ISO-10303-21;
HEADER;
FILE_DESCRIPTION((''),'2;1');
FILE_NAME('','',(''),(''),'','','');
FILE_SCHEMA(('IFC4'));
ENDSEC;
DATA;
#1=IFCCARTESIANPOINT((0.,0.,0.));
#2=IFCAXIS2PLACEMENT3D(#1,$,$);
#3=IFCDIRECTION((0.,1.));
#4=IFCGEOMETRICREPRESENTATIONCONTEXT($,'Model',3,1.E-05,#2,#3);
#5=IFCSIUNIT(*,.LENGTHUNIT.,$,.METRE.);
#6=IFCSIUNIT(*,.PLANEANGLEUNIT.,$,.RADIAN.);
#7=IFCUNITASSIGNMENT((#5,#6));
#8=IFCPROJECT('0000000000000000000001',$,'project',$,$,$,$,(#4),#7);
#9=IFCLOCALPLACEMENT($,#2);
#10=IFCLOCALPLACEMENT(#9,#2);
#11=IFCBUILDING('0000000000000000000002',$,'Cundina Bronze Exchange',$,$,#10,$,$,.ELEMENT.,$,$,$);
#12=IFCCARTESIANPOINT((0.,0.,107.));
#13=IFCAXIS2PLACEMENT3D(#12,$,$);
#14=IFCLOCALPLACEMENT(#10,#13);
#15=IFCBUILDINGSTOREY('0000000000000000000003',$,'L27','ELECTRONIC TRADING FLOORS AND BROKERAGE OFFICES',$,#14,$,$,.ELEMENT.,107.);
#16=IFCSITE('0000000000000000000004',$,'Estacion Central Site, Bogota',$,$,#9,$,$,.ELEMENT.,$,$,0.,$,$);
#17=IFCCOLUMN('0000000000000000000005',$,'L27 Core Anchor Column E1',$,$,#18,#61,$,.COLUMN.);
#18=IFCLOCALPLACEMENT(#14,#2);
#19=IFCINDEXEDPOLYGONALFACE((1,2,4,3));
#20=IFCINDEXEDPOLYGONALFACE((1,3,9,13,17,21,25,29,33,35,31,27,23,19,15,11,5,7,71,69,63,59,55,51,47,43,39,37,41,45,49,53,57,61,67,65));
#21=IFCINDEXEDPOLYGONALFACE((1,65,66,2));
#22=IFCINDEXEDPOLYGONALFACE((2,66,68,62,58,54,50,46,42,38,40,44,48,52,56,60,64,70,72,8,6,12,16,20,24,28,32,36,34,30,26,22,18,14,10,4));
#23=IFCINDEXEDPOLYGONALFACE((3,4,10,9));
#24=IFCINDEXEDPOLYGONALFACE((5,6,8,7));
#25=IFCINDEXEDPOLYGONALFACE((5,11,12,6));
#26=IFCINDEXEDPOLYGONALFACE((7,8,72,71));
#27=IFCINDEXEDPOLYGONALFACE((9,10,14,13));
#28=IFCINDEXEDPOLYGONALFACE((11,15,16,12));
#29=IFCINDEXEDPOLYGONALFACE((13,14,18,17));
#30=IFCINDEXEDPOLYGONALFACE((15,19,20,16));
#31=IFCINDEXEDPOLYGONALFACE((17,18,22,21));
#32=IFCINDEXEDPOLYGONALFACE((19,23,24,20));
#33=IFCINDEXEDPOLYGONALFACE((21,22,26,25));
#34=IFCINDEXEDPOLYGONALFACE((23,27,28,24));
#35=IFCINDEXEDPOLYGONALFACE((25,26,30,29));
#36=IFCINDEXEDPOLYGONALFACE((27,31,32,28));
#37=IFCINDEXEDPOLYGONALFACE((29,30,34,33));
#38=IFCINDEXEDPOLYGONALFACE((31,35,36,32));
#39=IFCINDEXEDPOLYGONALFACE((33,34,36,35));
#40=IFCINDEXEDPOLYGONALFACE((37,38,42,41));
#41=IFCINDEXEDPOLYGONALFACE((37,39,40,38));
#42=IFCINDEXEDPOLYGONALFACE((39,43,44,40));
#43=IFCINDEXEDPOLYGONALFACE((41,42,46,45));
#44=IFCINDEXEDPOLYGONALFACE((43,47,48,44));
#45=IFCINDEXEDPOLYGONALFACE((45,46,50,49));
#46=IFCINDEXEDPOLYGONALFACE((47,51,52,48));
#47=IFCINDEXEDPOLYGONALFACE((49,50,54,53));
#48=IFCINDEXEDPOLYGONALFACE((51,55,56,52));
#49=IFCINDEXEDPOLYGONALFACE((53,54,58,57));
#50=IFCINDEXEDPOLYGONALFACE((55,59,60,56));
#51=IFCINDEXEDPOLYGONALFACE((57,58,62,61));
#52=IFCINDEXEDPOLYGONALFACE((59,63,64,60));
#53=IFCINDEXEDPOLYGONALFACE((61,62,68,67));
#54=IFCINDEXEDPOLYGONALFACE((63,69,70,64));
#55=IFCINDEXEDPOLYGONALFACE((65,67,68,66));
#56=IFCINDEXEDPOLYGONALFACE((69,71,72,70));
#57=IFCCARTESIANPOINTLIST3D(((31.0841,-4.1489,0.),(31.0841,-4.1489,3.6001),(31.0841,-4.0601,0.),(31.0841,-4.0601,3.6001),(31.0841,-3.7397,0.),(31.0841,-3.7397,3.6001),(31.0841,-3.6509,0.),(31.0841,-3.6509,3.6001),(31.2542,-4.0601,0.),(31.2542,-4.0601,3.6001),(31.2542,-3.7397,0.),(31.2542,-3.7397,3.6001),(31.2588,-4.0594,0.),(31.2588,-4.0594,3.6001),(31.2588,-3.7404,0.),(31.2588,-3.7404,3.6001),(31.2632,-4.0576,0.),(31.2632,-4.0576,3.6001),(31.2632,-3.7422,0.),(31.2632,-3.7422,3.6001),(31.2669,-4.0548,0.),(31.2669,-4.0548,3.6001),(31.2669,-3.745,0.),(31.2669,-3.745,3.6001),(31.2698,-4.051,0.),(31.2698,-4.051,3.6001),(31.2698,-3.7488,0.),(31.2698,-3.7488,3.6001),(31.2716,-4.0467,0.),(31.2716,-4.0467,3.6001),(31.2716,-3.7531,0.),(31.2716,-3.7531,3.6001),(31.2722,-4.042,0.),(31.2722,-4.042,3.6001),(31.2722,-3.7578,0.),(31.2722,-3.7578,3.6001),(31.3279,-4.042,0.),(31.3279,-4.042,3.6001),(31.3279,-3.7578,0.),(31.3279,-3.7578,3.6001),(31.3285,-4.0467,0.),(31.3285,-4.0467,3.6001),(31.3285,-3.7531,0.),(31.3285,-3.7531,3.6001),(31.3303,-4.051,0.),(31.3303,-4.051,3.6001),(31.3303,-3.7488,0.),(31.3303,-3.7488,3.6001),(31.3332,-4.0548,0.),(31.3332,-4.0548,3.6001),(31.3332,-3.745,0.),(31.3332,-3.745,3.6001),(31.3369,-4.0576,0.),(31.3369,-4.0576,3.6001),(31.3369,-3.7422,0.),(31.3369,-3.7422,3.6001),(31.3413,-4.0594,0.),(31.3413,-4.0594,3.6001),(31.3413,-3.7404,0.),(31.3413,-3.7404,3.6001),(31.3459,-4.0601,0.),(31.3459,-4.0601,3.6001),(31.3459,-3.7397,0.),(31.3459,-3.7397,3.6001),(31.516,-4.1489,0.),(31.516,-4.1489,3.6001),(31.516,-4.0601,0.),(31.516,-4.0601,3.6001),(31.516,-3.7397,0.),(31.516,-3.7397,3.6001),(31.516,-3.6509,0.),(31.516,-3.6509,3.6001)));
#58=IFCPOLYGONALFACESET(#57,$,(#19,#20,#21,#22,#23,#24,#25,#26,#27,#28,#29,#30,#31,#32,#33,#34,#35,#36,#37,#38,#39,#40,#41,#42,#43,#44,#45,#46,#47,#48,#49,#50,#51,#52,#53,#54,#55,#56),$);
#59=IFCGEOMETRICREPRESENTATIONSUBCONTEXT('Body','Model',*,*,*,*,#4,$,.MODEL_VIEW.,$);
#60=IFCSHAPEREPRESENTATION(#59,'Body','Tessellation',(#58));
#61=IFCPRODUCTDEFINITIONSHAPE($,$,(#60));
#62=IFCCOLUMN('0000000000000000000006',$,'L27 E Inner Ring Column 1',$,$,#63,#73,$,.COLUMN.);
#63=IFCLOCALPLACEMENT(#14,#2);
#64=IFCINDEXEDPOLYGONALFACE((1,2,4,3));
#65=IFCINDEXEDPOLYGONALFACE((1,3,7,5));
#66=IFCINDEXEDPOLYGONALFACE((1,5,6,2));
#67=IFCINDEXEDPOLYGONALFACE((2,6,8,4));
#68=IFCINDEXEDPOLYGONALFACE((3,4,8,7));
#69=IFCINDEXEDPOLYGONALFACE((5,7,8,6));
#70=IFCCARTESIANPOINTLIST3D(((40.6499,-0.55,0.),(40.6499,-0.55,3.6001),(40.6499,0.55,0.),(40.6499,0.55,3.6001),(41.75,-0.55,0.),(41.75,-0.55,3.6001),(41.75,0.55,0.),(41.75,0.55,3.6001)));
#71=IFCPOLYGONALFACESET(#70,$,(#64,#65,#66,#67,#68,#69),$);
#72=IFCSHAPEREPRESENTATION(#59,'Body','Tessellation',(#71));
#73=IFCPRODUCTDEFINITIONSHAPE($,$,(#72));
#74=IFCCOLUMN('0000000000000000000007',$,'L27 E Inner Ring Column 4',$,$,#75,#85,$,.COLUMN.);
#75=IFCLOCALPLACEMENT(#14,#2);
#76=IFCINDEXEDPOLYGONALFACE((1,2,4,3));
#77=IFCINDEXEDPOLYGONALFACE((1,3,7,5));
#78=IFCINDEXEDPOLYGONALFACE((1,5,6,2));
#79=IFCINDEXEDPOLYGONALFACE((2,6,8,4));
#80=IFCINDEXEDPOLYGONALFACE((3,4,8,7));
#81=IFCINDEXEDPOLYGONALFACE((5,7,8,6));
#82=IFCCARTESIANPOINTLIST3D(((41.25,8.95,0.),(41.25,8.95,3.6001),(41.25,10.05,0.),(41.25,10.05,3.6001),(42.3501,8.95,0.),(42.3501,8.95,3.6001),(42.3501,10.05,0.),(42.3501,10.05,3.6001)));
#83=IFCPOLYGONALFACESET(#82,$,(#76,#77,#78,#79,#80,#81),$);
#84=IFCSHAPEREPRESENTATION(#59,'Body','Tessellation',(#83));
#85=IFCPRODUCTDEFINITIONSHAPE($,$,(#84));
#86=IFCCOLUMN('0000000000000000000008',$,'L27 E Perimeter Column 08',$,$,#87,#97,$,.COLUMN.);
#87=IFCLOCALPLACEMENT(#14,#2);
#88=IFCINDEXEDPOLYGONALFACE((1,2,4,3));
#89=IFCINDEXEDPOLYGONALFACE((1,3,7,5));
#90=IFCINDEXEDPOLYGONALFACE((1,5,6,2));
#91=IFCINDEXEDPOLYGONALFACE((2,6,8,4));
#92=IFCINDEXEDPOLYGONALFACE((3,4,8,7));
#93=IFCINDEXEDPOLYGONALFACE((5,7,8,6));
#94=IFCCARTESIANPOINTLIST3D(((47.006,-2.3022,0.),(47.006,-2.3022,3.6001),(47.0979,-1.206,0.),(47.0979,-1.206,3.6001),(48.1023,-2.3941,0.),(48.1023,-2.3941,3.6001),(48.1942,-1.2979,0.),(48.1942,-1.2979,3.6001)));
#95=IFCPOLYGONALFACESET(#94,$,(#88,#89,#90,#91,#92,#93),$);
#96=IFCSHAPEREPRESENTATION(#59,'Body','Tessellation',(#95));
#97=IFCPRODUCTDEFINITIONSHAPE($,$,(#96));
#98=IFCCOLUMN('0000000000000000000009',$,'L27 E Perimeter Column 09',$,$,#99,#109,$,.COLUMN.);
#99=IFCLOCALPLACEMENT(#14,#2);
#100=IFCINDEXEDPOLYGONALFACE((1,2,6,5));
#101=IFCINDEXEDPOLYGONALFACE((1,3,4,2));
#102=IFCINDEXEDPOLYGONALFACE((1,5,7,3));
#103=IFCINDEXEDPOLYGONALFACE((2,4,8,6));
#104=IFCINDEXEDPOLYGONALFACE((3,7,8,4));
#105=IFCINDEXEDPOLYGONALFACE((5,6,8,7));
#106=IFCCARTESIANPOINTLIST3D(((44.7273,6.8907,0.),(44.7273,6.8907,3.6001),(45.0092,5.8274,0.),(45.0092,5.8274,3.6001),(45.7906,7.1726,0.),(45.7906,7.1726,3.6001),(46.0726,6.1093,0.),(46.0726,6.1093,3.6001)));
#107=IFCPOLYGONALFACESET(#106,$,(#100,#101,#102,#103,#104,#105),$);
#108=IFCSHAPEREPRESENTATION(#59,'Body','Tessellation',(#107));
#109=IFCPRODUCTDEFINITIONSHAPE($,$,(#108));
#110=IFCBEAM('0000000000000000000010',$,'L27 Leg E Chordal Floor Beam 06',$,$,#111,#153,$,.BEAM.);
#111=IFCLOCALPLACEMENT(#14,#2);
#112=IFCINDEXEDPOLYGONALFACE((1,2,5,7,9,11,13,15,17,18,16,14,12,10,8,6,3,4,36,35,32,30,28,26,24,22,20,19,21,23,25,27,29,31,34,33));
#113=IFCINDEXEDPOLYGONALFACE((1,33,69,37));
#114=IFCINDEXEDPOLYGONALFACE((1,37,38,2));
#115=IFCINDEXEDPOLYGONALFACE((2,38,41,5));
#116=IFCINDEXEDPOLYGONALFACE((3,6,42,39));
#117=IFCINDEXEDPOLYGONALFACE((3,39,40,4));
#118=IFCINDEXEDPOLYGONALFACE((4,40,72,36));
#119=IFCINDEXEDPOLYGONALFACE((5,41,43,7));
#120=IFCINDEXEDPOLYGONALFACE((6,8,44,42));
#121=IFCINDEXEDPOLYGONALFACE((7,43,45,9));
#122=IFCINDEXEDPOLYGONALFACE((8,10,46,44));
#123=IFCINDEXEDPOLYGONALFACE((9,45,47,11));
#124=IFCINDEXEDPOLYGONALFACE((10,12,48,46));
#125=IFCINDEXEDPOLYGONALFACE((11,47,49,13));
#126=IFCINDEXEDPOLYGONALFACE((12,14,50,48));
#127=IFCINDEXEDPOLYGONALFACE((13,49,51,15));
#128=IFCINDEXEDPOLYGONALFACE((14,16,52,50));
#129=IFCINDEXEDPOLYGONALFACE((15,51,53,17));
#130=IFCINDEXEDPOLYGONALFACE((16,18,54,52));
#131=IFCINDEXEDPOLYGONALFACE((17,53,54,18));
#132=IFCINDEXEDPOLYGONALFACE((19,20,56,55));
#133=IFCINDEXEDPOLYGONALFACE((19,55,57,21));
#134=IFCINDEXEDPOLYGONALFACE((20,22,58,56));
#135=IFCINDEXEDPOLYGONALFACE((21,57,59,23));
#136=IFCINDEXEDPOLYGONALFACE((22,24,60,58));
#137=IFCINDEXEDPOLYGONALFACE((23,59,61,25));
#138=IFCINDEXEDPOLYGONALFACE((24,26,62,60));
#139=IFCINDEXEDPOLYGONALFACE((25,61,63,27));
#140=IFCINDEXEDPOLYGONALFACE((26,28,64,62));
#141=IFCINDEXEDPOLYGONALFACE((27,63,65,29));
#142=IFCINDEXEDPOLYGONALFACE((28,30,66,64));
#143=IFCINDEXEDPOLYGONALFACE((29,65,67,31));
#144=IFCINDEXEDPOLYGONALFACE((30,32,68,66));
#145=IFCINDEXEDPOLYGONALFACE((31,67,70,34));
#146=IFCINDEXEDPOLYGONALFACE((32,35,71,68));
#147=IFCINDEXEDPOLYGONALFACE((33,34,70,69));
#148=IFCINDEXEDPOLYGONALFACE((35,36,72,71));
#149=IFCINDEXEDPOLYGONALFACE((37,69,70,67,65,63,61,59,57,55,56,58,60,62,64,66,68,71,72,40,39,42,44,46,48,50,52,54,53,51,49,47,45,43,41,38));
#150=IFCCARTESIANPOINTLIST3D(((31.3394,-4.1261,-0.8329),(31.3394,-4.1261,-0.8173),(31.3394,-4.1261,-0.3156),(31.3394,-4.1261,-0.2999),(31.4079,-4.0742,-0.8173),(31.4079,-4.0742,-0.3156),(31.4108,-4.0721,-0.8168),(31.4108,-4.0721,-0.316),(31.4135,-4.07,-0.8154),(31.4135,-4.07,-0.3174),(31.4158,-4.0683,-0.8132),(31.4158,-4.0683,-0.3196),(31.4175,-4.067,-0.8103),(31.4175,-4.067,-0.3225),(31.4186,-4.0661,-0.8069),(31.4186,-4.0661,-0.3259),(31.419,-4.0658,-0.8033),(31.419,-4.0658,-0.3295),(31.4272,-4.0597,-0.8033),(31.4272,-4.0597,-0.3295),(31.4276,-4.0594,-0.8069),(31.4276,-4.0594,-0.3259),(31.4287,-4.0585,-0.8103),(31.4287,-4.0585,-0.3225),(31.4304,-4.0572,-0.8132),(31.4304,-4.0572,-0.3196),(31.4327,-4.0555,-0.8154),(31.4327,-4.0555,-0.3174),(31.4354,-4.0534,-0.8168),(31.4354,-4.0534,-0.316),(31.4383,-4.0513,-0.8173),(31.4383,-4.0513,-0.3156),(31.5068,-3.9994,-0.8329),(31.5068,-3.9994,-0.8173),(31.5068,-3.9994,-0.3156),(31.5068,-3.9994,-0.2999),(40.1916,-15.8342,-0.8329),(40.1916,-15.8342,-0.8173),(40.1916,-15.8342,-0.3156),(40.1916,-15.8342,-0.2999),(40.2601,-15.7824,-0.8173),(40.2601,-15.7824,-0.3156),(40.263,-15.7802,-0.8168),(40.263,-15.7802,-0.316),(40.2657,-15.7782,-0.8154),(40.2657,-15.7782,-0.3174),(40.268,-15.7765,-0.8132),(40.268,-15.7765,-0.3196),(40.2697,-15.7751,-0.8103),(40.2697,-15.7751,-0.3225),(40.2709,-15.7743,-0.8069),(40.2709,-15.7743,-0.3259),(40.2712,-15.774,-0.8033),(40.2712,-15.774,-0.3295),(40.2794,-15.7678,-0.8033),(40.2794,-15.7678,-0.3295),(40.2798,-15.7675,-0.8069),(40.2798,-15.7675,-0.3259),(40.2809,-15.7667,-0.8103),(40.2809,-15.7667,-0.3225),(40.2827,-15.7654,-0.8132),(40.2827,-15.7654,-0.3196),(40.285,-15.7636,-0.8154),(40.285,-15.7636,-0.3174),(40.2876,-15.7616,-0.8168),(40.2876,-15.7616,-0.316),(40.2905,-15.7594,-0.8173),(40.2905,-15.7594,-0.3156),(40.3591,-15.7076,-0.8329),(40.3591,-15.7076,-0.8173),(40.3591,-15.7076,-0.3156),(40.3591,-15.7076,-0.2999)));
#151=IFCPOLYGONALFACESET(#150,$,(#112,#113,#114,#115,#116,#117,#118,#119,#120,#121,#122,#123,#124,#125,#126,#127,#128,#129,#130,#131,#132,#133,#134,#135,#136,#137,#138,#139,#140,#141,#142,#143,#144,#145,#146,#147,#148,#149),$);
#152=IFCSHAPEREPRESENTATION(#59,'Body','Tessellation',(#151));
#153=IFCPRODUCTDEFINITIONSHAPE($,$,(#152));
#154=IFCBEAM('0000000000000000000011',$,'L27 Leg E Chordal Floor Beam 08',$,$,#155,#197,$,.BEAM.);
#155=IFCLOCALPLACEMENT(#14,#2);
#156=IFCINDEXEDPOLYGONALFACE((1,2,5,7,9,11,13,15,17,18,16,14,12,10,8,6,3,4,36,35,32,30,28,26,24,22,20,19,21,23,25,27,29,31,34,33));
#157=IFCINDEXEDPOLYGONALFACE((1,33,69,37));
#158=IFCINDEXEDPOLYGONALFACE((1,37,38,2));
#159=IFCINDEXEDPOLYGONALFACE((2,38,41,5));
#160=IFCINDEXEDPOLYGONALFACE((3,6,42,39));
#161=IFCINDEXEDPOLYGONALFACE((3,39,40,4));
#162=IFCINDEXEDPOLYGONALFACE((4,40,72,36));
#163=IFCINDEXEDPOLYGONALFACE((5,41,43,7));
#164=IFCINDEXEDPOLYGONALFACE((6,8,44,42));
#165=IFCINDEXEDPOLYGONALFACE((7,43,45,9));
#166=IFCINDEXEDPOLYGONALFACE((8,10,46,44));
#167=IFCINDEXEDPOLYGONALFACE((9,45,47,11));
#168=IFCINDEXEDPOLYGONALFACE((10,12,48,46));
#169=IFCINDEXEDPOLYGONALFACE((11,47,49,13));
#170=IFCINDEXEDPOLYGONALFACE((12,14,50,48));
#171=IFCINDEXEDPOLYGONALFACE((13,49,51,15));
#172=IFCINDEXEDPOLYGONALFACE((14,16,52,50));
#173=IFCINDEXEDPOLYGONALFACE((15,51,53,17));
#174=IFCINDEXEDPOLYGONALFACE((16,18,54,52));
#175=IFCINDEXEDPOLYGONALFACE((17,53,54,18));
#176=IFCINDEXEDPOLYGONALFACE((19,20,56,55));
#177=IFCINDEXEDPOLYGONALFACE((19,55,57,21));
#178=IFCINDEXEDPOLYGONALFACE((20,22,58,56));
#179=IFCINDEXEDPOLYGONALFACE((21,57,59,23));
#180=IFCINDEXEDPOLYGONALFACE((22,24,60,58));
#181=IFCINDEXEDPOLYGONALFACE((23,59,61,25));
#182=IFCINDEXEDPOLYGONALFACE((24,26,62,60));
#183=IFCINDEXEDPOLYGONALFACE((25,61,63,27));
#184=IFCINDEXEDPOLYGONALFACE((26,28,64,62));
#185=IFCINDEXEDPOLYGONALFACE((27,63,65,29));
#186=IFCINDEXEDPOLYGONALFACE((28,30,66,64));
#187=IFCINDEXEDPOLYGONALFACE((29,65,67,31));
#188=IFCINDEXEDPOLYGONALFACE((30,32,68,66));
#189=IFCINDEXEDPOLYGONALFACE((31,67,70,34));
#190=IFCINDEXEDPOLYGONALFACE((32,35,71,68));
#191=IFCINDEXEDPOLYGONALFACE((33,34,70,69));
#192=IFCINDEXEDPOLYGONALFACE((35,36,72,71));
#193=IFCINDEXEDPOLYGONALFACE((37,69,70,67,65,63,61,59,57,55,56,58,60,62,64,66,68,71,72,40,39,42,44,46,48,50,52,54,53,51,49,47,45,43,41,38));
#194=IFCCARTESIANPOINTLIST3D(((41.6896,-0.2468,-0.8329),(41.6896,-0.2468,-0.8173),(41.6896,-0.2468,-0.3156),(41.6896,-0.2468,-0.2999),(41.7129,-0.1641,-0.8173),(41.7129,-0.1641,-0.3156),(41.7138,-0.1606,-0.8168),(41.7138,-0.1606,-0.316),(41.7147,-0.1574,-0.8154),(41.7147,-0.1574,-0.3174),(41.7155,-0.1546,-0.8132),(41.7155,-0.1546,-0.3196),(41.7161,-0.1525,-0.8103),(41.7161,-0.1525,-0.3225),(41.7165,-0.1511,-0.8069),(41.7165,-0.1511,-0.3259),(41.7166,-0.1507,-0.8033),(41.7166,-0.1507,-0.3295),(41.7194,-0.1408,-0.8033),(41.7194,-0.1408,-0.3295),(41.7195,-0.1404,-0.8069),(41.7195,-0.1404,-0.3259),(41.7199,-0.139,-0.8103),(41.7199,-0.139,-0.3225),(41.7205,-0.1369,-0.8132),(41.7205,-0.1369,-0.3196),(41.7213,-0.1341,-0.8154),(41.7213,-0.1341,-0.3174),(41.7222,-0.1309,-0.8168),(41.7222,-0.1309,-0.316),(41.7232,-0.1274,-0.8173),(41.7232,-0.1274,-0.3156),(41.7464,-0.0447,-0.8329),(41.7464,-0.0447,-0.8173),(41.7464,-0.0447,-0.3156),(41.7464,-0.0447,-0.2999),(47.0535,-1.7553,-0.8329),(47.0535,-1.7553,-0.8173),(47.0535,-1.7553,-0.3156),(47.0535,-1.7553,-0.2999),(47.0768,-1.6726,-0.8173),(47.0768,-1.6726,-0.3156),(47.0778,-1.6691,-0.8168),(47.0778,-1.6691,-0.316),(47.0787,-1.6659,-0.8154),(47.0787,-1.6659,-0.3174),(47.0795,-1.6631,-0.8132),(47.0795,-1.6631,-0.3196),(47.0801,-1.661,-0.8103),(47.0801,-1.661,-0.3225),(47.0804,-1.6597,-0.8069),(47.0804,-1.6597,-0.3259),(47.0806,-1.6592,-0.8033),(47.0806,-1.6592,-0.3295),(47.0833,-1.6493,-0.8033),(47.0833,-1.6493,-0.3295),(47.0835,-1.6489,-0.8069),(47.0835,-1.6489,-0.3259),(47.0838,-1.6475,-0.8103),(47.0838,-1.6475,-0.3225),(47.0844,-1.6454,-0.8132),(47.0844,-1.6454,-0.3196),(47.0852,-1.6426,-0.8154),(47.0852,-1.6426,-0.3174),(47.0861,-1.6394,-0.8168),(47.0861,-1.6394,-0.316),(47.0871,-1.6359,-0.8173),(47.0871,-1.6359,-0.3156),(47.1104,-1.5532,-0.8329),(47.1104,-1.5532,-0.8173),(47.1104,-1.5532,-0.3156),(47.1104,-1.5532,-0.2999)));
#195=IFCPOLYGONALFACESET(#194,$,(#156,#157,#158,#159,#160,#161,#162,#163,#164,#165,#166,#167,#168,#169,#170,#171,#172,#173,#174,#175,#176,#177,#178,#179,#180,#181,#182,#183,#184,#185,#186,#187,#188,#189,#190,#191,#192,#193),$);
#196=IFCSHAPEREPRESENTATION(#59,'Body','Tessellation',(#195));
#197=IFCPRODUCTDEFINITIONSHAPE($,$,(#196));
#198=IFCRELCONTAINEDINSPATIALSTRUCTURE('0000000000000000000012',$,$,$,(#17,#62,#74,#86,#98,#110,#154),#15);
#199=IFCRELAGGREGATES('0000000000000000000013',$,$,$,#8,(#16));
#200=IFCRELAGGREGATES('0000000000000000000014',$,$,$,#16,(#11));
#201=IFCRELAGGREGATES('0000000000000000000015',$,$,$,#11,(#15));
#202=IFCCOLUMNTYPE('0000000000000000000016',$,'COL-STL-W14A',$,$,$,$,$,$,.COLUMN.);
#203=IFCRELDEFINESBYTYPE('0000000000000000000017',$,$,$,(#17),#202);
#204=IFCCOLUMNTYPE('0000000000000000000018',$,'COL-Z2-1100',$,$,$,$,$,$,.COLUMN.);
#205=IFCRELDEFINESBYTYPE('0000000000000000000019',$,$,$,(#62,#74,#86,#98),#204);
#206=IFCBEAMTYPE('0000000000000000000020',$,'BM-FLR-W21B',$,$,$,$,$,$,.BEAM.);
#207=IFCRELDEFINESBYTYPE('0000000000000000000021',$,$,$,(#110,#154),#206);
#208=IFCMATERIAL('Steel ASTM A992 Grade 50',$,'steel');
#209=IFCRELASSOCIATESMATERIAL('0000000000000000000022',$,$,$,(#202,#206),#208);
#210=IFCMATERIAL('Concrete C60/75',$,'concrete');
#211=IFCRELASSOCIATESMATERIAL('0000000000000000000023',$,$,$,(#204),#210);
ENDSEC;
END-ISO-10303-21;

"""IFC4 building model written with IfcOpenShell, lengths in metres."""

from ifc_helpers import new_model, si_unit, direction, frame, origin, origin_2d, place, context, subcontext, project, spatial, rectangle, i_section, extrude, material, material_profile, profile_set, type_object, element, save


model = new_model("IFC4")

# Units and contexts
model_context = context("Model", 3, precision=1e-05, world=origin(), true_north=direction((0.0, 1.0)))
body_context = subcontext(model_context, "Body", "Model", "MODEL_VIEW")
ifc_project = project(units=[si_unit("LENGTHUNIT", "METRE"), si_unit("PLANEANGLEUNIT", "RADIAN")], contexts=[model_context])

# Site, building, storey
site_placement = place(None, origin())
site = spatial("IfcSite", under=ifc_project, at=site_placement, Name="Estacion Central Site, Bogota", CompositionType="ELEMENT", RefElevation=0.0)
building_placement = place(site_placement, origin())
building = spatial("IfcBuilding", under=site, at=building_placement, Name="Cundina Bronze Exchange", CompositionType="ELEMENT")
storey_placement = place(building_placement, frame((0.0, 0.0, 107.0)))
storey = spatial("IfcBuildingStorey", under=building, at=storey_placement, Name="L27", Description="ELECTRONIC TRADING FLOORS AND BROKERAGE OFFICES", CompositionType="ELEMENT", Elevation=107.0)

# Columns
ifc_material_1 = material(Name="Steel ASTM A992 Grade 50", Category="steel")
ifc_material_profile_1 = material_profile(ifc_material_1, i_section(OverallWidth=0.4319, OverallDepth=0.498, WebThickness=0.0557, FlangeThickness=0.0889, FilletRadius=0.0181, at=origin_2d()), Name="W14X500", Category="steel")
ifc_profile_set_1 = profile_set([ifc_material_profile_1], Name="Steel ASTM A992 Grade 50")
column_type_1 = type_object("IfcColumnType", Name="COL-STL-W14A", PredefinedType="COLUMN", material=ifc_profile_set_1)
column_placement = place(storey_placement, frame((31.3, -3.8999, 0.0), z_axis=(0.0, 0.0, 1.0), x_axis=(1.0, 0.0, 0.0)))
element("IfcColumn", 1, at=column_placement, inside=storey, type_object=column_type_1, Name="L27 Core Anchor Column E1", PredefinedType="COLUMN", context=body_context, shape_type="SweptSolid", body=[
    extrude(i_section(OverallWidth=0.4319, OverallDepth=0.498, WebThickness=0.0557, FlangeThickness=0.0889, FilletRadius=0.0181, at=origin_2d()), origin(), (0.0, 0.0, 1.0), 3.6001),
])
ifc_material_2 = material(Name="Concrete C60/75", Category="concrete")
ifc_material_profile_2 = material_profile(ifc_material_2, rectangle(XDim=1.1001, YDim=1.1001, at=origin_2d()), Name="RC1100X1100", Category="concrete")
ifc_profile_set_2 = profile_set([ifc_material_profile_2], Name="Concrete C60/75")
column_type_2 = type_object("IfcColumnType", Name="COL-Z2-1100", PredefinedType="COLUMN", material=ifc_profile_set_2)
for number, where, z_axis, x_axis, name in (
    (2, (41.2, 0.0, 0.0), (0.0, 0.0, 1.0), (1.0, 0.0, 0.0), "L27 E Inner Ring Column 1"),
    (3, (41.8, 9.5, 0.0), (0.0, 0.0, 1.0), (1.0, 0.0, 0.0), "L27 E Inner Ring Column 4"),
    (4, (47.6001, -1.8, 0.0), (0.0, 0.0, 1.0), (0.083504, 0.996507, 0.0), "L27 E Perimeter Column 08"),
    (5, (45.3999, 6.5, 0.0), (0.0, 0.0, 1.0), (-0.256289, 0.9666, 0.0), "L27 E Perimeter Column 09"),
):
    element("IfcColumn", number, at=place(storey_placement, frame(where, z_axis=z_axis, x_axis=x_axis)), inside=storey, type_object=column_type_2, Name=name, PredefinedType="COLUMN", context=body_context, shape_type="SweptSolid", body=[
        extrude(rectangle(XDim=1.1001, YDim=1.1001, at=origin_2d()), origin(), (0.0, 0.0, 1.0), 3.6001),
    ])

# Beams
ifc_material_profile_3 = material_profile(ifc_material_1, i_section(OverallWidth=0.21, OverallDepth=0.533, WebThickness=0.0103, FlangeThickness=0.0156, FilletRadius=0.0139, at=origin_2d()), Name="W21X62", Category="steel")
ifc_profile_set_3 = profile_set([ifc_material_profile_3], Name="Steel ASTM A992 Grade 50")
beam_type_1 = type_object("IfcBeamType", Name="BM-FLR-W21B", PredefinedType="BEAM", material=ifc_profile_set_3)
beam_1_placement = place(storey_placement, frame((31.4231, -4.0627, -0.5664), z_axis=(0.603096, -0.797669, 0.0), x_axis=(0.797669, 0.603096, 0.0)))
element("IfcBeam", 6, at=beam_1_placement, inside=storey, type_object=beam_type_1, Name="L27 Leg E Chordal Floor Beam 06", PredefinedType="BEAM", context=body_context, shape_type="SweptSolid", body=[
    extrude(i_section(OverallWidth=0.21, OverallDepth=0.533, WebThickness=0.0103, FlangeThickness=0.0156, FilletRadius=0.0139, at=origin_2d()), origin(), (0.0, 0.0, 1.0), 14.678),
])
beam_2_placement = place(storey_placement, frame((41.718, -0.1458, -0.5664), z_axis=(0.962655, -0.270732, 0.0), x_axis=(0.270732, 0.962655, 0.0)))
element("IfcBeam", 7, at=beam_2_placement, inside=storey, type_object=beam_type_1, Name="L27 Leg E Chordal Floor Beam 08", PredefinedType="BEAM", context=body_context, shape_type="SweptSolid", body=[
    extrude(i_section(OverallWidth=0.21, OverallDepth=0.533, WebThickness=0.0103, FlangeThickness=0.0156, FilletRadius=0.0139, at=origin_2d()), origin(), (0.0, 0.0, 1.0), 5.572),
])

save(model, "model.ifc")
